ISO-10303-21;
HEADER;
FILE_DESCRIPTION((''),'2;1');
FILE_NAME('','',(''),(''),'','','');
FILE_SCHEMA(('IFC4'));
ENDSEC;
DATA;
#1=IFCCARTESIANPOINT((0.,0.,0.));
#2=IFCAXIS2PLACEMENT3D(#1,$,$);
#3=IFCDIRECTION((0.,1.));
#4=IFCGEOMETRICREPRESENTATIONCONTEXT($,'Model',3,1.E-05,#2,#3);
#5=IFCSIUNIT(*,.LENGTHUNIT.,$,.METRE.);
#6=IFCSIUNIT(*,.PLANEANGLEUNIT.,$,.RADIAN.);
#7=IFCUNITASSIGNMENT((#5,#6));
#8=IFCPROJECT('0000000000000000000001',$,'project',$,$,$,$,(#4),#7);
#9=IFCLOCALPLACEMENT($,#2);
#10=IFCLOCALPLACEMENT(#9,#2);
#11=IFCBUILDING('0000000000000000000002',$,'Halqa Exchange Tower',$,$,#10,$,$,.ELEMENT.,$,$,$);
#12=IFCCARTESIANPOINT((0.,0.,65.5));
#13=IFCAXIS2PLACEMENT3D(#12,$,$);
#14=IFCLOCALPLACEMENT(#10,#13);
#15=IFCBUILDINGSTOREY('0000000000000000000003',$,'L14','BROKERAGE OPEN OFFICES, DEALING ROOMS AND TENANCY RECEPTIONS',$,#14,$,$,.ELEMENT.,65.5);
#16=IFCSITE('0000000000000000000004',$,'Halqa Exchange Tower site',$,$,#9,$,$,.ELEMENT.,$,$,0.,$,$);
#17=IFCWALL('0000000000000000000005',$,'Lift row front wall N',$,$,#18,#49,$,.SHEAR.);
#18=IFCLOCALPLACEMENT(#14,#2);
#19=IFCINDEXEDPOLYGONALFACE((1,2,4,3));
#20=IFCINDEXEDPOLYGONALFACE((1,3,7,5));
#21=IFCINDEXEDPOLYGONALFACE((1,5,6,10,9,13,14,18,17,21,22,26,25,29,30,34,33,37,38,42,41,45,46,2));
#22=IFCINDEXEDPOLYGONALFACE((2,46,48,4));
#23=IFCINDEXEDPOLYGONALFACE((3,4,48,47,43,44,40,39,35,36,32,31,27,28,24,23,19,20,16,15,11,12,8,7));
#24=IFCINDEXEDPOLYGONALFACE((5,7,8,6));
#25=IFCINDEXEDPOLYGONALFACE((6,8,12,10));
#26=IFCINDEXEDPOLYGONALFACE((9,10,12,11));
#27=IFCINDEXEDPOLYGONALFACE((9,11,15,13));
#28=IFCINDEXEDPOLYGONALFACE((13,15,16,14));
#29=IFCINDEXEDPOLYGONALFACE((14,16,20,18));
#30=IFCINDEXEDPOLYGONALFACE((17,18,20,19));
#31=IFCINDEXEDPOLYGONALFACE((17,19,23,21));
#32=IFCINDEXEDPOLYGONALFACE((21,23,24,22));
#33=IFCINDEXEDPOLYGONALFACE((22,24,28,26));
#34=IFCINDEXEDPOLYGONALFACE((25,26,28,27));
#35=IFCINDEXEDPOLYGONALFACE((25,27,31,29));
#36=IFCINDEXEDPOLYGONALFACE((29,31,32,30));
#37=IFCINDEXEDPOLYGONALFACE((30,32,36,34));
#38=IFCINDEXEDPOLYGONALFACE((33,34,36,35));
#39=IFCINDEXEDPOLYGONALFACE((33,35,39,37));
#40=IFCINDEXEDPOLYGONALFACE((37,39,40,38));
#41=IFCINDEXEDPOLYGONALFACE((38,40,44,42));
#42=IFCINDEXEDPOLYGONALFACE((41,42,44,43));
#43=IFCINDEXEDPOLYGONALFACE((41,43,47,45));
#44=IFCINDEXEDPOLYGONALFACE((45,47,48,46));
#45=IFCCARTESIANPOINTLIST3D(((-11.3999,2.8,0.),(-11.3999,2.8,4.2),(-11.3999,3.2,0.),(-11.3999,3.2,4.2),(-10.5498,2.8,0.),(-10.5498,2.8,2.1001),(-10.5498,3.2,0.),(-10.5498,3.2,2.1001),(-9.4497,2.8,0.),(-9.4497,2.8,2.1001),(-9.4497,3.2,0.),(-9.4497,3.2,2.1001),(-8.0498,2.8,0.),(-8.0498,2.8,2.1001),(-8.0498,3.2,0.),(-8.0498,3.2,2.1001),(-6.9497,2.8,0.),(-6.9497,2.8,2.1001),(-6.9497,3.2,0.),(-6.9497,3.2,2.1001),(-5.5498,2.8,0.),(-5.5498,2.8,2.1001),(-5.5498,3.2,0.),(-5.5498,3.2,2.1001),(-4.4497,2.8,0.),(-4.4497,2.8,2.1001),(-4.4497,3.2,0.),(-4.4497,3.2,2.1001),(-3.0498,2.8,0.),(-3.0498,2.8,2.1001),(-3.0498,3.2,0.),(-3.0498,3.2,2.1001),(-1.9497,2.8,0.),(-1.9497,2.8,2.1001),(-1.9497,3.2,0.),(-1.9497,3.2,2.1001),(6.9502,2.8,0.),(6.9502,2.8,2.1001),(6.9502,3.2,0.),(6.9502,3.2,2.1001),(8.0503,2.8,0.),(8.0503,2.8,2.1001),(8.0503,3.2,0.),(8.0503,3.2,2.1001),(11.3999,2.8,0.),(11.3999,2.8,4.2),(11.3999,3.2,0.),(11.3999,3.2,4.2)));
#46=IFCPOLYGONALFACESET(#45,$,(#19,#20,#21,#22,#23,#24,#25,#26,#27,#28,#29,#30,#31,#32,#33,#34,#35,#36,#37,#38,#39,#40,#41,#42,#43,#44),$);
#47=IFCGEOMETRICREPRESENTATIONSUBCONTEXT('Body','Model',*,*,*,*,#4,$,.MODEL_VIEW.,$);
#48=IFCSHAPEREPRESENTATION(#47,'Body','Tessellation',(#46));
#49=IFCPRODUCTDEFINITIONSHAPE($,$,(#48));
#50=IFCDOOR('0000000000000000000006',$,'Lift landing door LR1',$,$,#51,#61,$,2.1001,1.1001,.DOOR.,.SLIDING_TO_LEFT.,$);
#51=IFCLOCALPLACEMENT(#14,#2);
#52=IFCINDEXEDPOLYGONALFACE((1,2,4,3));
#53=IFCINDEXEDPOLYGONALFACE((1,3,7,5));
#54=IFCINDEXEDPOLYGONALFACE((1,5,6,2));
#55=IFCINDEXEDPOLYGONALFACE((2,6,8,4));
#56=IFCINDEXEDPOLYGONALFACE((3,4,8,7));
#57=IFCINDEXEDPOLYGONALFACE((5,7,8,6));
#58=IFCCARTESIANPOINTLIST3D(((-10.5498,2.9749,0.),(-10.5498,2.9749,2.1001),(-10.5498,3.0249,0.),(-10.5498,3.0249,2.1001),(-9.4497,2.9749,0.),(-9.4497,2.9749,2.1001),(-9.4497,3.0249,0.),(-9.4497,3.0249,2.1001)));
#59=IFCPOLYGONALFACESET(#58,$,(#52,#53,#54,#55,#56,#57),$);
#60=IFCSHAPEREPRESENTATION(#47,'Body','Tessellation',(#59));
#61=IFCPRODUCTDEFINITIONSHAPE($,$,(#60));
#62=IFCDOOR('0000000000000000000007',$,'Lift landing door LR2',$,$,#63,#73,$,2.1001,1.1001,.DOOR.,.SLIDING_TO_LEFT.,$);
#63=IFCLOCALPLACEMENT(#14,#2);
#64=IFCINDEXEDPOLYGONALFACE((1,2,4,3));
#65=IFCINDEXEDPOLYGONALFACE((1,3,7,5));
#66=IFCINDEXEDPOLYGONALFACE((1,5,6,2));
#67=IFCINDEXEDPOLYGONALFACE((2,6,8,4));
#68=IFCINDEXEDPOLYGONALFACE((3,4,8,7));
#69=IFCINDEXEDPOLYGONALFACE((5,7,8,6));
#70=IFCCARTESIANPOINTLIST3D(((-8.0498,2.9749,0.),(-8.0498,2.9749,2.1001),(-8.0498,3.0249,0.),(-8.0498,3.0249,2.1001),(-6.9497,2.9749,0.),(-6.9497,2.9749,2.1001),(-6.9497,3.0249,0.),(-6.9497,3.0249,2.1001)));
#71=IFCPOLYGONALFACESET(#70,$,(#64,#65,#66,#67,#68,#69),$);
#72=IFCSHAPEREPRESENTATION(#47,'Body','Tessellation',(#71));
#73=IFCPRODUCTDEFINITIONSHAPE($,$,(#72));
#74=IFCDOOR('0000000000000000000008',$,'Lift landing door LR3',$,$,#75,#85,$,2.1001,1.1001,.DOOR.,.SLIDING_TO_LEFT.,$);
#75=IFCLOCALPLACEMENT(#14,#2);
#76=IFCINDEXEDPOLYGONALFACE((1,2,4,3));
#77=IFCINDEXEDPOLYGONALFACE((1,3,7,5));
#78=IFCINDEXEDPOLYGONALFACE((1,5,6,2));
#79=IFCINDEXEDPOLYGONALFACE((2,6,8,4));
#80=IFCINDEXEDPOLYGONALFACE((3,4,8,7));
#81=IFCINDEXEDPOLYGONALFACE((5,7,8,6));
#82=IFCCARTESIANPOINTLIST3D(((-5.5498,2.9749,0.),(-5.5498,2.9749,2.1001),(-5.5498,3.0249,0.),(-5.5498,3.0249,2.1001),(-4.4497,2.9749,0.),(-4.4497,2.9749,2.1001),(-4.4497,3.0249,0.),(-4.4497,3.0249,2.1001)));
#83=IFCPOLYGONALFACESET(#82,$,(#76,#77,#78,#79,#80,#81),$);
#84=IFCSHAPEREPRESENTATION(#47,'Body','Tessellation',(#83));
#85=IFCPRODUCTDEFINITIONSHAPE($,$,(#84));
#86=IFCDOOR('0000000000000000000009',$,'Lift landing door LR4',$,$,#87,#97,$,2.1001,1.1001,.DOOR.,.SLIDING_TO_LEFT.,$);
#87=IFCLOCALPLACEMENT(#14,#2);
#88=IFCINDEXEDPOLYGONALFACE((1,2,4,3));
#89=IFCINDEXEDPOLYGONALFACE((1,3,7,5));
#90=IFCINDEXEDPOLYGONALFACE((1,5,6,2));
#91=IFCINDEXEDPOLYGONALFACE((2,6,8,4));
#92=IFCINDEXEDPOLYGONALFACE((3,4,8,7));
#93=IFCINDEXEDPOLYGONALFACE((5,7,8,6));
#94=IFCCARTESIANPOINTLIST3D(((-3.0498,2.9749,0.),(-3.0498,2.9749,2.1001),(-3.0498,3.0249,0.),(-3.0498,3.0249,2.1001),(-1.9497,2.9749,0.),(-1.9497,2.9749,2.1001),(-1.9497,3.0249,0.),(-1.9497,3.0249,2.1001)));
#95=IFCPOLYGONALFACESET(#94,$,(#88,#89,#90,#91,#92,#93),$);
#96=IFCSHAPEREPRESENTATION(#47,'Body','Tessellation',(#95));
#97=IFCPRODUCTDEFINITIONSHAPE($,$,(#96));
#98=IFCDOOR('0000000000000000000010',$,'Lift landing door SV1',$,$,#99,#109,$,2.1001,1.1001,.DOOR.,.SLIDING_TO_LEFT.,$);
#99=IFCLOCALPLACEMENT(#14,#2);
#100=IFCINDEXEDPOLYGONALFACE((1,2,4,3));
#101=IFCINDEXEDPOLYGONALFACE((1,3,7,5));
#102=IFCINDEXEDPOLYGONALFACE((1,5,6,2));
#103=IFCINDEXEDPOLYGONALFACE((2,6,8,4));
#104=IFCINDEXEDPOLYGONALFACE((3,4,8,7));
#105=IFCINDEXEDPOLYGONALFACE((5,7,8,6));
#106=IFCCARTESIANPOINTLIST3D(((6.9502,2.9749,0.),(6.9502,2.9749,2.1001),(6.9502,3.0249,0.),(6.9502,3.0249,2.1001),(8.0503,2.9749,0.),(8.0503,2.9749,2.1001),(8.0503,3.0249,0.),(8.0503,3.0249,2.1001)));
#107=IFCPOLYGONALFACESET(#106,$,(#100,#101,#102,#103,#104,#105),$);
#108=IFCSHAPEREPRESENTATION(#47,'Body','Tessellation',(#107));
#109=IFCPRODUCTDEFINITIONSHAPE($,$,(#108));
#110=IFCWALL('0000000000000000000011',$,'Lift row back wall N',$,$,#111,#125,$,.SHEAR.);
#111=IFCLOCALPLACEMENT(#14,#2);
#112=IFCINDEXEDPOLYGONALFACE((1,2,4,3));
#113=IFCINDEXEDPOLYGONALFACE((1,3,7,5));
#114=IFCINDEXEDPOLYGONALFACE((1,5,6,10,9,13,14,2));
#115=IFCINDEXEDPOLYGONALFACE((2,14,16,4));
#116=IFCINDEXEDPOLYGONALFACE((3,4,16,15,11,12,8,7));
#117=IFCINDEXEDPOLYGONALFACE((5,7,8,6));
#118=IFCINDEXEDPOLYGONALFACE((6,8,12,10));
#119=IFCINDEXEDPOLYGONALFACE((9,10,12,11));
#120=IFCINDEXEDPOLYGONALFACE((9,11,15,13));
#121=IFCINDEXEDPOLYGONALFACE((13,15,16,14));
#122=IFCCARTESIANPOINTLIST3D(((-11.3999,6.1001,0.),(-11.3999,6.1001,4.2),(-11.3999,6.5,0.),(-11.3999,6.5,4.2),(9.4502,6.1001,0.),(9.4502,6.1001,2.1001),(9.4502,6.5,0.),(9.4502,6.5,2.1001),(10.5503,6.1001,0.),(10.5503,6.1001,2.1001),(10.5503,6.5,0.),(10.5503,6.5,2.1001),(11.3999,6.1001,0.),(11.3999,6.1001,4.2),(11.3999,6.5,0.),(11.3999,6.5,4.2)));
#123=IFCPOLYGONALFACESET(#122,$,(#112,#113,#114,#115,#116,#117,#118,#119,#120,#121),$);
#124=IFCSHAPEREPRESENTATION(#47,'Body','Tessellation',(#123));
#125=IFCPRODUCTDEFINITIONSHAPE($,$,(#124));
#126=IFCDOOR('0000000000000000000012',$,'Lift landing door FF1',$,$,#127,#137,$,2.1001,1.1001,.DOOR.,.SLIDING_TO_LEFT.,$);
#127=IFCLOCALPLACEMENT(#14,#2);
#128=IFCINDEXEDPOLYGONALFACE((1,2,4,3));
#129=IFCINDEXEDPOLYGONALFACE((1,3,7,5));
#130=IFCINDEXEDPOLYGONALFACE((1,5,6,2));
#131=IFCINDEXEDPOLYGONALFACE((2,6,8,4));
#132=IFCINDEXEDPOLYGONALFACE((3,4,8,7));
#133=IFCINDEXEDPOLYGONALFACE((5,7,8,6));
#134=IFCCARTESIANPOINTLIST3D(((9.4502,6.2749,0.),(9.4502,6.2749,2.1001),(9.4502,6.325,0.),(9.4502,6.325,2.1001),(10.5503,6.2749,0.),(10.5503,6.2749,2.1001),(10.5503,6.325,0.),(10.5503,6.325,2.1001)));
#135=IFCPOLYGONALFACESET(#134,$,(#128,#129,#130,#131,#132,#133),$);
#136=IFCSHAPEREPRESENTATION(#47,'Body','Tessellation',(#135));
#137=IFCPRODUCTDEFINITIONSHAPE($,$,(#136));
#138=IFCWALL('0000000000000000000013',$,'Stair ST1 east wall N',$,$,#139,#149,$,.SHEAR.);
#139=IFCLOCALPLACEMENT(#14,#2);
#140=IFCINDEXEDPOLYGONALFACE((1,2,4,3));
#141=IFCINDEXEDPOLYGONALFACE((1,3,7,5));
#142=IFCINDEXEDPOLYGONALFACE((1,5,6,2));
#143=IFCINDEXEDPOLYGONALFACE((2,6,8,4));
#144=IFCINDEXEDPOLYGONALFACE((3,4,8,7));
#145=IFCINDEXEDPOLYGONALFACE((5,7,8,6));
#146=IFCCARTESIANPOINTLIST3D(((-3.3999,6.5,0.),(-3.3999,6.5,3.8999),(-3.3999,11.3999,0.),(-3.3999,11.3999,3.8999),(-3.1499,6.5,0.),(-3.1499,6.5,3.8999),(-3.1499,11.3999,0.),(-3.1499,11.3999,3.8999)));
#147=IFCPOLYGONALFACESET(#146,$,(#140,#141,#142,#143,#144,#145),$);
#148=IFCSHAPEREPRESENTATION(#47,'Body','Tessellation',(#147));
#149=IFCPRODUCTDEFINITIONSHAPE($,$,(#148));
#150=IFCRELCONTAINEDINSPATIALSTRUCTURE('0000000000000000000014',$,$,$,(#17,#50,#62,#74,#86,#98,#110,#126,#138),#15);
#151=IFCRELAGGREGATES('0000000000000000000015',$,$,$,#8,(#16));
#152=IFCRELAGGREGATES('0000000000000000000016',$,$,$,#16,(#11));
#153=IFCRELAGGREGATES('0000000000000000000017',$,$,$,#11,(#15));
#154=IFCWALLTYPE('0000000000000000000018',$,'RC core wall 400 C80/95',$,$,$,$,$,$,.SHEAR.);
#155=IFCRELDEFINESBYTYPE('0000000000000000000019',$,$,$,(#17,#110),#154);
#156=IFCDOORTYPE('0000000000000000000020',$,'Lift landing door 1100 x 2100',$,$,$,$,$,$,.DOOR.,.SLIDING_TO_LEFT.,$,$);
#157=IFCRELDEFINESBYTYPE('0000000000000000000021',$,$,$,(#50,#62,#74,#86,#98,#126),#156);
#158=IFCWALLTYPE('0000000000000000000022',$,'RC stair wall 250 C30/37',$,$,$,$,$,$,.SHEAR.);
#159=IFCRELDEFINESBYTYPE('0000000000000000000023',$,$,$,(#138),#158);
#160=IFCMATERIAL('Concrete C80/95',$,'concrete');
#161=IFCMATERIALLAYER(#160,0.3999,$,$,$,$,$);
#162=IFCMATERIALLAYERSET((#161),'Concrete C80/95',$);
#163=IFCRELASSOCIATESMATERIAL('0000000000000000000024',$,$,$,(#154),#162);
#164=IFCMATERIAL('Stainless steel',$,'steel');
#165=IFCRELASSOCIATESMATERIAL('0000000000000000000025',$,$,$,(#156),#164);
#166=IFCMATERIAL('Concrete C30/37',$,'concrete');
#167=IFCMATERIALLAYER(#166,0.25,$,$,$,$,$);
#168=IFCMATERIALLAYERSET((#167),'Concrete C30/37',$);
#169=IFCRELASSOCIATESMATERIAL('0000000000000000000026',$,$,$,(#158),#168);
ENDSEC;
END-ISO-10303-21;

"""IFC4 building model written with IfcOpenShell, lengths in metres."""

from ifc_helpers import new_model, si_unit, direction, frame, frame_2d, origin, place, context, subcontext, project, spatial, rectangle, extrude, material, layer, layer_set, type_object, element, fill, save


model = new_model("IFC4")

# Units and contexts
model_context = context("Model", 3, precision=1e-05, world=origin(), true_north=direction((0.0, 1.0)))
body_context = subcontext(model_context, "Body", "Model", "MODEL_VIEW")
ifc_project = project(units=[si_unit("LENGTHUNIT", "METRE"), si_unit("PLANEANGLEUNIT", "RADIAN")], contexts=[model_context])

# Site, building, storey
site_placement = place(None, origin())
site = spatial("IfcSite", under=ifc_project, at=site_placement, Name="Halqa Exchange Tower site", CompositionType="ELEMENT", RefElevation=0.0)
building_placement = place(site_placement, origin())
building = spatial("IfcBuilding", under=site, at=building_placement, Name="Halqa Exchange Tower", CompositionType="ELEMENT")
storey_placement = place(building_placement, frame((0.0, 0.0, 65.5)))
storey = spatial("IfcBuildingStorey", under=building, at=storey_placement, Name="L14", Description="BROKERAGE OPEN OFFICES, DEALING ROOMS AND TENANCY RECEPTIONS", CompositionType="ELEMENT", Elevation=65.5)

# Wall, openings, doors
ifc_material_1 = material(Name="Concrete C80/95", Category="concrete")
ifc_layer_1 = layer(ifc_material_1, 0.3999)
ifc_layer_set_1 = layer_set([ifc_layer_1], Name="Concrete C80/95")
wall_type_1 = type_object("IfcWallType", Name="RC core wall 400 C80/95", PredefinedType="SHEAR", material=ifc_layer_set_1)
wall_1_placement = place(storey_placement, frame((-11.3999, 3.0, 0.0), z_axis=(0.0, 0.0, 1.0), x_axis=(1.0, 0.0, 0.0)))
wall_1 = element("IfcWall", 1, at=wall_1_placement, inside=storey, type_object=wall_type_1, Name="Lift row front wall N", PredefinedType="SHEAR", context=body_context, shape_type="SweptSolid", body=[
    extrude(rectangle(XDim=22.7998, YDim=0.3999, at=frame_2d((11.3999, 0.0))), origin(), (0.0, 0.0, 1.0), 4.2),
])
opening_1_placement = place(wall_1_placement, frame((0.8501, 0.0, 0.0)))
opening_1 = element("IfcOpeningElement", 2, at=opening_1_placement, cuts=wall_1, PredefinedType="OPENING", context=body_context, shape_type="SweptSolid", body=[
    extrude(rectangle(XDim=1.1001, YDim=2.1001, at=frame_2d((0.55, 1.05))), frame((0.0, 0.2119, 0.0), z_axis=(0.0, -1.0, 0.0), x_axis=(1.0, 0.0, 0.0)), (0.0, 0.0, 1.0), 0.4238),
])
opening_2_placement = place(wall_1_placement, frame((3.3501, 0.0, 0.0)))
opening_2 = element("IfcOpeningElement", 3, at=opening_2_placement, cuts=wall_1, PredefinedType="OPENING", context=body_context, shape_type="SweptSolid", body=[
    extrude(rectangle(XDim=1.1001, YDim=2.1001, at=frame_2d((0.55, 1.05))), frame((0.0, 0.2119, 0.0), z_axis=(0.0, -1.0, 0.0), x_axis=(1.0, 0.0, 0.0)), (0.0, 0.0, 1.0), 0.4238),
])
opening_3_placement = place(wall_1_placement, frame((5.8501, 0.0, 0.0)))
opening_3 = element("IfcOpeningElement", 4, at=opening_3_placement, cuts=wall_1, PredefinedType="OPENING", context=body_context, shape_type="SweptSolid", body=[
    extrude(rectangle(XDim=1.1001, YDim=2.1001, at=frame_2d((0.55, 1.05))), frame((0.0, 0.2119, 0.0), z_axis=(0.0, -1.0, 0.0), x_axis=(1.0, 0.0, 0.0)), (0.0, 0.0, 1.0), 0.4238),
])
opening_4_placement = place(wall_1_placement, frame((8.3501, 0.0, 0.0)))
opening_4 = element("IfcOpeningElement", 5, at=opening_4_placement, cuts=wall_1, PredefinedType="OPENING", context=body_context, shape_type="SweptSolid", body=[
    extrude(rectangle(XDim=1.1001, YDim=2.1001, at=frame_2d((0.55, 1.05))), frame((0.0, 0.2119, 0.0), z_axis=(0.0, -1.0, 0.0), x_axis=(1.0, 0.0, 0.0)), (0.0, 0.0, 1.0), 0.4238),
])
opening_5_placement = place(wall_1_placement, frame((18.3501, 0.0, 0.0)))
opening_5 = element("IfcOpeningElement", 6, at=opening_5_placement, cuts=wall_1, PredefinedType="OPENING", context=body_context, shape_type="SweptSolid", body=[
    extrude(rectangle(XDim=1.1001, YDim=2.1001, at=frame_2d((0.55, 1.05))), frame((0.0, 0.2119, 0.0), z_axis=(0.0, -1.0, 0.0), x_axis=(1.0, 0.0, 0.0)), (0.0, 0.0, 1.0), 0.4238),
])
ifc_material_2 = material(Name="Stainless steel", Category="steel")
door_type = type_object("IfcDoorType", Name="Lift landing door 1100 x 2100", OperationType="SLIDING_TO_LEFT", PredefinedType="DOOR", material=ifc_material_2)
door_1_placement = place(opening_1_placement, origin())
door_1 = element("IfcDoor", 7, at=door_1_placement, inside=storey, type_object=door_type, Name="Lift landing door LR1", OperationType="SLIDING_TO_LEFT", OverallHeight=2.1001, OverallWidth=1.1001, PredefinedType="DOOR", context=body_context, shape_type="SweptSolid", body=[
    extrude(rectangle(XDim=1.1001, YDim=2.1001, at=frame_2d((0.55, 1.05))), frame((0.0, 0.0249, 0.0), z_axis=(0.0, -1.0, 0.0), x_axis=(1.0, 0.0, 0.0)), (0.0, 0.0, 1.0), 0.05),
])
fill(opening_1, door_1)
door_2_placement = place(opening_2_placement, origin())
door_2 = element("IfcDoor", 8, at=door_2_placement, inside=storey, type_object=door_type, Name="Lift landing door LR2", OperationType="SLIDING_TO_LEFT", OverallHeight=2.1001, OverallWidth=1.1001, PredefinedType="DOOR", context=body_context, shape_type="SweptSolid", body=[
    extrude(rectangle(XDim=1.1001, YDim=2.1001, at=frame_2d((0.55, 1.05))), frame((0.0, 0.0249, 0.0), z_axis=(0.0, -1.0, 0.0), x_axis=(1.0, 0.0, 0.0)), (0.0, 0.0, 1.0), 0.05),
])
fill(opening_2, door_2)
door_3_placement = place(opening_3_placement, origin())
door_3 = element("IfcDoor", 9, at=door_3_placement, inside=storey, type_object=door_type, Name="Lift landing door LR3", OperationType="SLIDING_TO_LEFT", OverallHeight=2.1001, OverallWidth=1.1001, PredefinedType="DOOR", context=body_context, shape_type="SweptSolid", body=[
    extrude(rectangle(XDim=1.1001, YDim=2.1001, at=frame_2d((0.55, 1.05))), frame((0.0, 0.0249, 0.0), z_axis=(0.0, -1.0, 0.0), x_axis=(1.0, 0.0, 0.0)), (0.0, 0.0, 1.0), 0.05),
])
fill(opening_3, door_3)
door_4_placement = place(opening_4_placement, origin())
door_4 = element("IfcDoor", 10, at=door_4_placement, inside=storey, type_object=door_type, Name="Lift landing door LR4", OperationType="SLIDING_TO_LEFT", OverallHeight=2.1001, OverallWidth=1.1001, PredefinedType="DOOR", context=body_context, shape_type="SweptSolid", body=[
    extrude(rectangle(XDim=1.1001, YDim=2.1001, at=frame_2d((0.55, 1.05))), frame((0.0, 0.0249, 0.0), z_axis=(0.0, -1.0, 0.0), x_axis=(1.0, 0.0, 0.0)), (0.0, 0.0, 1.0), 0.05),
])
fill(opening_4, door_4)
door_5_placement = place(opening_5_placement, origin())
door_5 = element("IfcDoor", 11, at=door_5_placement, inside=storey, type_object=door_type, Name="Lift landing door SV1", OperationType="SLIDING_TO_LEFT", OverallHeight=2.1001, OverallWidth=1.1001, PredefinedType="DOOR", context=body_context, shape_type="SweptSolid", body=[
    extrude(rectangle(XDim=1.1001, YDim=2.1001, at=frame_2d((0.55, 1.05))), frame((0.0, 0.0249, 0.0), z_axis=(0.0, -1.0, 0.0), x_axis=(1.0, 0.0, 0.0)), (0.0, 0.0, 1.0), 0.05),
])
fill(opening_5, door_5)

# Wall, opening, door
wall_2_placement = place(storey_placement, frame((-11.3999, 6.3, 0.0), z_axis=(0.0, 0.0, 1.0), x_axis=(1.0, 0.0, 0.0)))
wall_2 = element("IfcWall", 12, at=wall_2_placement, inside=storey, type_object=wall_type_1, Name="Lift row back wall N", PredefinedType="SHEAR", context=body_context, shape_type="SweptSolid", body=[
    extrude(rectangle(XDim=22.7998, YDim=0.3999, at=frame_2d((11.3999, 0.0))), origin(), (0.0, 0.0, 1.0), 4.2),
])
opening_6_placement = place(wall_2_placement, frame((20.8501, 0.0, 0.0)))
opening_6 = element("IfcOpeningElement", 13, at=opening_6_placement, cuts=wall_2, PredefinedType="OPENING", context=body_context, shape_type="SweptSolid", body=[
    extrude(rectangle(XDim=1.1001, YDim=2.1001, at=frame_2d((0.55, 1.05))), frame((0.0, 0.2119, 0.0), z_axis=(0.0, -1.0, 0.0), x_axis=(1.0, 0.0, 0.0)), (0.0, 0.0, 1.0), 0.4238),
])
door_6_placement = place(opening_6_placement, origin())
door_6 = element("IfcDoor", 14, at=door_6_placement, inside=storey, type_object=door_type, Name="Lift landing door FF1", OperationType="SLIDING_TO_LEFT", OverallHeight=2.1001, OverallWidth=1.1001, PredefinedType="DOOR", context=body_context, shape_type="SweptSolid", body=[
    extrude(rectangle(XDim=1.1001, YDim=2.1001, at=frame_2d((0.55, 1.05))), frame((0.0, 0.0249, 0.0), z_axis=(0.0, -1.0, 0.0), x_axis=(1.0, 0.0, 0.0)), (0.0, 0.0, 1.0), 0.05),
])
fill(opening_6, door_6)

# Wall
ifc_material_3 = material(Name="Concrete C30/37", Category="concrete")
ifc_layer_2 = layer(ifc_material_3, 0.25)
ifc_layer_set_2 = layer_set([ifc_layer_2], Name="Concrete C30/37")
wall_type_2 = type_object("IfcWallType", Name="RC stair wall 250 C30/37", PredefinedType="SHEAR", material=ifc_layer_set_2)
wall_3_placement = place(storey_placement, frame((-3.2749, 6.5, 0.0), z_axis=(0.0, 0.0, 1.0), x_axis=(0.0, 1.0, 0.0)))
element("IfcWall", 15, at=wall_3_placement, inside=storey, type_object=wall_type_2, Name="Stair ST1 east wall N", PredefinedType="SHEAR", context=body_context, shape_type="SweptSolid", body=[
    extrude(rectangle(XDim=4.8999, YDim=0.25, at=frame_2d((2.45, 0.0))), origin(), (0.0, 0.0, 1.0), 3.8999),
])

save(model, "model.ifc")
